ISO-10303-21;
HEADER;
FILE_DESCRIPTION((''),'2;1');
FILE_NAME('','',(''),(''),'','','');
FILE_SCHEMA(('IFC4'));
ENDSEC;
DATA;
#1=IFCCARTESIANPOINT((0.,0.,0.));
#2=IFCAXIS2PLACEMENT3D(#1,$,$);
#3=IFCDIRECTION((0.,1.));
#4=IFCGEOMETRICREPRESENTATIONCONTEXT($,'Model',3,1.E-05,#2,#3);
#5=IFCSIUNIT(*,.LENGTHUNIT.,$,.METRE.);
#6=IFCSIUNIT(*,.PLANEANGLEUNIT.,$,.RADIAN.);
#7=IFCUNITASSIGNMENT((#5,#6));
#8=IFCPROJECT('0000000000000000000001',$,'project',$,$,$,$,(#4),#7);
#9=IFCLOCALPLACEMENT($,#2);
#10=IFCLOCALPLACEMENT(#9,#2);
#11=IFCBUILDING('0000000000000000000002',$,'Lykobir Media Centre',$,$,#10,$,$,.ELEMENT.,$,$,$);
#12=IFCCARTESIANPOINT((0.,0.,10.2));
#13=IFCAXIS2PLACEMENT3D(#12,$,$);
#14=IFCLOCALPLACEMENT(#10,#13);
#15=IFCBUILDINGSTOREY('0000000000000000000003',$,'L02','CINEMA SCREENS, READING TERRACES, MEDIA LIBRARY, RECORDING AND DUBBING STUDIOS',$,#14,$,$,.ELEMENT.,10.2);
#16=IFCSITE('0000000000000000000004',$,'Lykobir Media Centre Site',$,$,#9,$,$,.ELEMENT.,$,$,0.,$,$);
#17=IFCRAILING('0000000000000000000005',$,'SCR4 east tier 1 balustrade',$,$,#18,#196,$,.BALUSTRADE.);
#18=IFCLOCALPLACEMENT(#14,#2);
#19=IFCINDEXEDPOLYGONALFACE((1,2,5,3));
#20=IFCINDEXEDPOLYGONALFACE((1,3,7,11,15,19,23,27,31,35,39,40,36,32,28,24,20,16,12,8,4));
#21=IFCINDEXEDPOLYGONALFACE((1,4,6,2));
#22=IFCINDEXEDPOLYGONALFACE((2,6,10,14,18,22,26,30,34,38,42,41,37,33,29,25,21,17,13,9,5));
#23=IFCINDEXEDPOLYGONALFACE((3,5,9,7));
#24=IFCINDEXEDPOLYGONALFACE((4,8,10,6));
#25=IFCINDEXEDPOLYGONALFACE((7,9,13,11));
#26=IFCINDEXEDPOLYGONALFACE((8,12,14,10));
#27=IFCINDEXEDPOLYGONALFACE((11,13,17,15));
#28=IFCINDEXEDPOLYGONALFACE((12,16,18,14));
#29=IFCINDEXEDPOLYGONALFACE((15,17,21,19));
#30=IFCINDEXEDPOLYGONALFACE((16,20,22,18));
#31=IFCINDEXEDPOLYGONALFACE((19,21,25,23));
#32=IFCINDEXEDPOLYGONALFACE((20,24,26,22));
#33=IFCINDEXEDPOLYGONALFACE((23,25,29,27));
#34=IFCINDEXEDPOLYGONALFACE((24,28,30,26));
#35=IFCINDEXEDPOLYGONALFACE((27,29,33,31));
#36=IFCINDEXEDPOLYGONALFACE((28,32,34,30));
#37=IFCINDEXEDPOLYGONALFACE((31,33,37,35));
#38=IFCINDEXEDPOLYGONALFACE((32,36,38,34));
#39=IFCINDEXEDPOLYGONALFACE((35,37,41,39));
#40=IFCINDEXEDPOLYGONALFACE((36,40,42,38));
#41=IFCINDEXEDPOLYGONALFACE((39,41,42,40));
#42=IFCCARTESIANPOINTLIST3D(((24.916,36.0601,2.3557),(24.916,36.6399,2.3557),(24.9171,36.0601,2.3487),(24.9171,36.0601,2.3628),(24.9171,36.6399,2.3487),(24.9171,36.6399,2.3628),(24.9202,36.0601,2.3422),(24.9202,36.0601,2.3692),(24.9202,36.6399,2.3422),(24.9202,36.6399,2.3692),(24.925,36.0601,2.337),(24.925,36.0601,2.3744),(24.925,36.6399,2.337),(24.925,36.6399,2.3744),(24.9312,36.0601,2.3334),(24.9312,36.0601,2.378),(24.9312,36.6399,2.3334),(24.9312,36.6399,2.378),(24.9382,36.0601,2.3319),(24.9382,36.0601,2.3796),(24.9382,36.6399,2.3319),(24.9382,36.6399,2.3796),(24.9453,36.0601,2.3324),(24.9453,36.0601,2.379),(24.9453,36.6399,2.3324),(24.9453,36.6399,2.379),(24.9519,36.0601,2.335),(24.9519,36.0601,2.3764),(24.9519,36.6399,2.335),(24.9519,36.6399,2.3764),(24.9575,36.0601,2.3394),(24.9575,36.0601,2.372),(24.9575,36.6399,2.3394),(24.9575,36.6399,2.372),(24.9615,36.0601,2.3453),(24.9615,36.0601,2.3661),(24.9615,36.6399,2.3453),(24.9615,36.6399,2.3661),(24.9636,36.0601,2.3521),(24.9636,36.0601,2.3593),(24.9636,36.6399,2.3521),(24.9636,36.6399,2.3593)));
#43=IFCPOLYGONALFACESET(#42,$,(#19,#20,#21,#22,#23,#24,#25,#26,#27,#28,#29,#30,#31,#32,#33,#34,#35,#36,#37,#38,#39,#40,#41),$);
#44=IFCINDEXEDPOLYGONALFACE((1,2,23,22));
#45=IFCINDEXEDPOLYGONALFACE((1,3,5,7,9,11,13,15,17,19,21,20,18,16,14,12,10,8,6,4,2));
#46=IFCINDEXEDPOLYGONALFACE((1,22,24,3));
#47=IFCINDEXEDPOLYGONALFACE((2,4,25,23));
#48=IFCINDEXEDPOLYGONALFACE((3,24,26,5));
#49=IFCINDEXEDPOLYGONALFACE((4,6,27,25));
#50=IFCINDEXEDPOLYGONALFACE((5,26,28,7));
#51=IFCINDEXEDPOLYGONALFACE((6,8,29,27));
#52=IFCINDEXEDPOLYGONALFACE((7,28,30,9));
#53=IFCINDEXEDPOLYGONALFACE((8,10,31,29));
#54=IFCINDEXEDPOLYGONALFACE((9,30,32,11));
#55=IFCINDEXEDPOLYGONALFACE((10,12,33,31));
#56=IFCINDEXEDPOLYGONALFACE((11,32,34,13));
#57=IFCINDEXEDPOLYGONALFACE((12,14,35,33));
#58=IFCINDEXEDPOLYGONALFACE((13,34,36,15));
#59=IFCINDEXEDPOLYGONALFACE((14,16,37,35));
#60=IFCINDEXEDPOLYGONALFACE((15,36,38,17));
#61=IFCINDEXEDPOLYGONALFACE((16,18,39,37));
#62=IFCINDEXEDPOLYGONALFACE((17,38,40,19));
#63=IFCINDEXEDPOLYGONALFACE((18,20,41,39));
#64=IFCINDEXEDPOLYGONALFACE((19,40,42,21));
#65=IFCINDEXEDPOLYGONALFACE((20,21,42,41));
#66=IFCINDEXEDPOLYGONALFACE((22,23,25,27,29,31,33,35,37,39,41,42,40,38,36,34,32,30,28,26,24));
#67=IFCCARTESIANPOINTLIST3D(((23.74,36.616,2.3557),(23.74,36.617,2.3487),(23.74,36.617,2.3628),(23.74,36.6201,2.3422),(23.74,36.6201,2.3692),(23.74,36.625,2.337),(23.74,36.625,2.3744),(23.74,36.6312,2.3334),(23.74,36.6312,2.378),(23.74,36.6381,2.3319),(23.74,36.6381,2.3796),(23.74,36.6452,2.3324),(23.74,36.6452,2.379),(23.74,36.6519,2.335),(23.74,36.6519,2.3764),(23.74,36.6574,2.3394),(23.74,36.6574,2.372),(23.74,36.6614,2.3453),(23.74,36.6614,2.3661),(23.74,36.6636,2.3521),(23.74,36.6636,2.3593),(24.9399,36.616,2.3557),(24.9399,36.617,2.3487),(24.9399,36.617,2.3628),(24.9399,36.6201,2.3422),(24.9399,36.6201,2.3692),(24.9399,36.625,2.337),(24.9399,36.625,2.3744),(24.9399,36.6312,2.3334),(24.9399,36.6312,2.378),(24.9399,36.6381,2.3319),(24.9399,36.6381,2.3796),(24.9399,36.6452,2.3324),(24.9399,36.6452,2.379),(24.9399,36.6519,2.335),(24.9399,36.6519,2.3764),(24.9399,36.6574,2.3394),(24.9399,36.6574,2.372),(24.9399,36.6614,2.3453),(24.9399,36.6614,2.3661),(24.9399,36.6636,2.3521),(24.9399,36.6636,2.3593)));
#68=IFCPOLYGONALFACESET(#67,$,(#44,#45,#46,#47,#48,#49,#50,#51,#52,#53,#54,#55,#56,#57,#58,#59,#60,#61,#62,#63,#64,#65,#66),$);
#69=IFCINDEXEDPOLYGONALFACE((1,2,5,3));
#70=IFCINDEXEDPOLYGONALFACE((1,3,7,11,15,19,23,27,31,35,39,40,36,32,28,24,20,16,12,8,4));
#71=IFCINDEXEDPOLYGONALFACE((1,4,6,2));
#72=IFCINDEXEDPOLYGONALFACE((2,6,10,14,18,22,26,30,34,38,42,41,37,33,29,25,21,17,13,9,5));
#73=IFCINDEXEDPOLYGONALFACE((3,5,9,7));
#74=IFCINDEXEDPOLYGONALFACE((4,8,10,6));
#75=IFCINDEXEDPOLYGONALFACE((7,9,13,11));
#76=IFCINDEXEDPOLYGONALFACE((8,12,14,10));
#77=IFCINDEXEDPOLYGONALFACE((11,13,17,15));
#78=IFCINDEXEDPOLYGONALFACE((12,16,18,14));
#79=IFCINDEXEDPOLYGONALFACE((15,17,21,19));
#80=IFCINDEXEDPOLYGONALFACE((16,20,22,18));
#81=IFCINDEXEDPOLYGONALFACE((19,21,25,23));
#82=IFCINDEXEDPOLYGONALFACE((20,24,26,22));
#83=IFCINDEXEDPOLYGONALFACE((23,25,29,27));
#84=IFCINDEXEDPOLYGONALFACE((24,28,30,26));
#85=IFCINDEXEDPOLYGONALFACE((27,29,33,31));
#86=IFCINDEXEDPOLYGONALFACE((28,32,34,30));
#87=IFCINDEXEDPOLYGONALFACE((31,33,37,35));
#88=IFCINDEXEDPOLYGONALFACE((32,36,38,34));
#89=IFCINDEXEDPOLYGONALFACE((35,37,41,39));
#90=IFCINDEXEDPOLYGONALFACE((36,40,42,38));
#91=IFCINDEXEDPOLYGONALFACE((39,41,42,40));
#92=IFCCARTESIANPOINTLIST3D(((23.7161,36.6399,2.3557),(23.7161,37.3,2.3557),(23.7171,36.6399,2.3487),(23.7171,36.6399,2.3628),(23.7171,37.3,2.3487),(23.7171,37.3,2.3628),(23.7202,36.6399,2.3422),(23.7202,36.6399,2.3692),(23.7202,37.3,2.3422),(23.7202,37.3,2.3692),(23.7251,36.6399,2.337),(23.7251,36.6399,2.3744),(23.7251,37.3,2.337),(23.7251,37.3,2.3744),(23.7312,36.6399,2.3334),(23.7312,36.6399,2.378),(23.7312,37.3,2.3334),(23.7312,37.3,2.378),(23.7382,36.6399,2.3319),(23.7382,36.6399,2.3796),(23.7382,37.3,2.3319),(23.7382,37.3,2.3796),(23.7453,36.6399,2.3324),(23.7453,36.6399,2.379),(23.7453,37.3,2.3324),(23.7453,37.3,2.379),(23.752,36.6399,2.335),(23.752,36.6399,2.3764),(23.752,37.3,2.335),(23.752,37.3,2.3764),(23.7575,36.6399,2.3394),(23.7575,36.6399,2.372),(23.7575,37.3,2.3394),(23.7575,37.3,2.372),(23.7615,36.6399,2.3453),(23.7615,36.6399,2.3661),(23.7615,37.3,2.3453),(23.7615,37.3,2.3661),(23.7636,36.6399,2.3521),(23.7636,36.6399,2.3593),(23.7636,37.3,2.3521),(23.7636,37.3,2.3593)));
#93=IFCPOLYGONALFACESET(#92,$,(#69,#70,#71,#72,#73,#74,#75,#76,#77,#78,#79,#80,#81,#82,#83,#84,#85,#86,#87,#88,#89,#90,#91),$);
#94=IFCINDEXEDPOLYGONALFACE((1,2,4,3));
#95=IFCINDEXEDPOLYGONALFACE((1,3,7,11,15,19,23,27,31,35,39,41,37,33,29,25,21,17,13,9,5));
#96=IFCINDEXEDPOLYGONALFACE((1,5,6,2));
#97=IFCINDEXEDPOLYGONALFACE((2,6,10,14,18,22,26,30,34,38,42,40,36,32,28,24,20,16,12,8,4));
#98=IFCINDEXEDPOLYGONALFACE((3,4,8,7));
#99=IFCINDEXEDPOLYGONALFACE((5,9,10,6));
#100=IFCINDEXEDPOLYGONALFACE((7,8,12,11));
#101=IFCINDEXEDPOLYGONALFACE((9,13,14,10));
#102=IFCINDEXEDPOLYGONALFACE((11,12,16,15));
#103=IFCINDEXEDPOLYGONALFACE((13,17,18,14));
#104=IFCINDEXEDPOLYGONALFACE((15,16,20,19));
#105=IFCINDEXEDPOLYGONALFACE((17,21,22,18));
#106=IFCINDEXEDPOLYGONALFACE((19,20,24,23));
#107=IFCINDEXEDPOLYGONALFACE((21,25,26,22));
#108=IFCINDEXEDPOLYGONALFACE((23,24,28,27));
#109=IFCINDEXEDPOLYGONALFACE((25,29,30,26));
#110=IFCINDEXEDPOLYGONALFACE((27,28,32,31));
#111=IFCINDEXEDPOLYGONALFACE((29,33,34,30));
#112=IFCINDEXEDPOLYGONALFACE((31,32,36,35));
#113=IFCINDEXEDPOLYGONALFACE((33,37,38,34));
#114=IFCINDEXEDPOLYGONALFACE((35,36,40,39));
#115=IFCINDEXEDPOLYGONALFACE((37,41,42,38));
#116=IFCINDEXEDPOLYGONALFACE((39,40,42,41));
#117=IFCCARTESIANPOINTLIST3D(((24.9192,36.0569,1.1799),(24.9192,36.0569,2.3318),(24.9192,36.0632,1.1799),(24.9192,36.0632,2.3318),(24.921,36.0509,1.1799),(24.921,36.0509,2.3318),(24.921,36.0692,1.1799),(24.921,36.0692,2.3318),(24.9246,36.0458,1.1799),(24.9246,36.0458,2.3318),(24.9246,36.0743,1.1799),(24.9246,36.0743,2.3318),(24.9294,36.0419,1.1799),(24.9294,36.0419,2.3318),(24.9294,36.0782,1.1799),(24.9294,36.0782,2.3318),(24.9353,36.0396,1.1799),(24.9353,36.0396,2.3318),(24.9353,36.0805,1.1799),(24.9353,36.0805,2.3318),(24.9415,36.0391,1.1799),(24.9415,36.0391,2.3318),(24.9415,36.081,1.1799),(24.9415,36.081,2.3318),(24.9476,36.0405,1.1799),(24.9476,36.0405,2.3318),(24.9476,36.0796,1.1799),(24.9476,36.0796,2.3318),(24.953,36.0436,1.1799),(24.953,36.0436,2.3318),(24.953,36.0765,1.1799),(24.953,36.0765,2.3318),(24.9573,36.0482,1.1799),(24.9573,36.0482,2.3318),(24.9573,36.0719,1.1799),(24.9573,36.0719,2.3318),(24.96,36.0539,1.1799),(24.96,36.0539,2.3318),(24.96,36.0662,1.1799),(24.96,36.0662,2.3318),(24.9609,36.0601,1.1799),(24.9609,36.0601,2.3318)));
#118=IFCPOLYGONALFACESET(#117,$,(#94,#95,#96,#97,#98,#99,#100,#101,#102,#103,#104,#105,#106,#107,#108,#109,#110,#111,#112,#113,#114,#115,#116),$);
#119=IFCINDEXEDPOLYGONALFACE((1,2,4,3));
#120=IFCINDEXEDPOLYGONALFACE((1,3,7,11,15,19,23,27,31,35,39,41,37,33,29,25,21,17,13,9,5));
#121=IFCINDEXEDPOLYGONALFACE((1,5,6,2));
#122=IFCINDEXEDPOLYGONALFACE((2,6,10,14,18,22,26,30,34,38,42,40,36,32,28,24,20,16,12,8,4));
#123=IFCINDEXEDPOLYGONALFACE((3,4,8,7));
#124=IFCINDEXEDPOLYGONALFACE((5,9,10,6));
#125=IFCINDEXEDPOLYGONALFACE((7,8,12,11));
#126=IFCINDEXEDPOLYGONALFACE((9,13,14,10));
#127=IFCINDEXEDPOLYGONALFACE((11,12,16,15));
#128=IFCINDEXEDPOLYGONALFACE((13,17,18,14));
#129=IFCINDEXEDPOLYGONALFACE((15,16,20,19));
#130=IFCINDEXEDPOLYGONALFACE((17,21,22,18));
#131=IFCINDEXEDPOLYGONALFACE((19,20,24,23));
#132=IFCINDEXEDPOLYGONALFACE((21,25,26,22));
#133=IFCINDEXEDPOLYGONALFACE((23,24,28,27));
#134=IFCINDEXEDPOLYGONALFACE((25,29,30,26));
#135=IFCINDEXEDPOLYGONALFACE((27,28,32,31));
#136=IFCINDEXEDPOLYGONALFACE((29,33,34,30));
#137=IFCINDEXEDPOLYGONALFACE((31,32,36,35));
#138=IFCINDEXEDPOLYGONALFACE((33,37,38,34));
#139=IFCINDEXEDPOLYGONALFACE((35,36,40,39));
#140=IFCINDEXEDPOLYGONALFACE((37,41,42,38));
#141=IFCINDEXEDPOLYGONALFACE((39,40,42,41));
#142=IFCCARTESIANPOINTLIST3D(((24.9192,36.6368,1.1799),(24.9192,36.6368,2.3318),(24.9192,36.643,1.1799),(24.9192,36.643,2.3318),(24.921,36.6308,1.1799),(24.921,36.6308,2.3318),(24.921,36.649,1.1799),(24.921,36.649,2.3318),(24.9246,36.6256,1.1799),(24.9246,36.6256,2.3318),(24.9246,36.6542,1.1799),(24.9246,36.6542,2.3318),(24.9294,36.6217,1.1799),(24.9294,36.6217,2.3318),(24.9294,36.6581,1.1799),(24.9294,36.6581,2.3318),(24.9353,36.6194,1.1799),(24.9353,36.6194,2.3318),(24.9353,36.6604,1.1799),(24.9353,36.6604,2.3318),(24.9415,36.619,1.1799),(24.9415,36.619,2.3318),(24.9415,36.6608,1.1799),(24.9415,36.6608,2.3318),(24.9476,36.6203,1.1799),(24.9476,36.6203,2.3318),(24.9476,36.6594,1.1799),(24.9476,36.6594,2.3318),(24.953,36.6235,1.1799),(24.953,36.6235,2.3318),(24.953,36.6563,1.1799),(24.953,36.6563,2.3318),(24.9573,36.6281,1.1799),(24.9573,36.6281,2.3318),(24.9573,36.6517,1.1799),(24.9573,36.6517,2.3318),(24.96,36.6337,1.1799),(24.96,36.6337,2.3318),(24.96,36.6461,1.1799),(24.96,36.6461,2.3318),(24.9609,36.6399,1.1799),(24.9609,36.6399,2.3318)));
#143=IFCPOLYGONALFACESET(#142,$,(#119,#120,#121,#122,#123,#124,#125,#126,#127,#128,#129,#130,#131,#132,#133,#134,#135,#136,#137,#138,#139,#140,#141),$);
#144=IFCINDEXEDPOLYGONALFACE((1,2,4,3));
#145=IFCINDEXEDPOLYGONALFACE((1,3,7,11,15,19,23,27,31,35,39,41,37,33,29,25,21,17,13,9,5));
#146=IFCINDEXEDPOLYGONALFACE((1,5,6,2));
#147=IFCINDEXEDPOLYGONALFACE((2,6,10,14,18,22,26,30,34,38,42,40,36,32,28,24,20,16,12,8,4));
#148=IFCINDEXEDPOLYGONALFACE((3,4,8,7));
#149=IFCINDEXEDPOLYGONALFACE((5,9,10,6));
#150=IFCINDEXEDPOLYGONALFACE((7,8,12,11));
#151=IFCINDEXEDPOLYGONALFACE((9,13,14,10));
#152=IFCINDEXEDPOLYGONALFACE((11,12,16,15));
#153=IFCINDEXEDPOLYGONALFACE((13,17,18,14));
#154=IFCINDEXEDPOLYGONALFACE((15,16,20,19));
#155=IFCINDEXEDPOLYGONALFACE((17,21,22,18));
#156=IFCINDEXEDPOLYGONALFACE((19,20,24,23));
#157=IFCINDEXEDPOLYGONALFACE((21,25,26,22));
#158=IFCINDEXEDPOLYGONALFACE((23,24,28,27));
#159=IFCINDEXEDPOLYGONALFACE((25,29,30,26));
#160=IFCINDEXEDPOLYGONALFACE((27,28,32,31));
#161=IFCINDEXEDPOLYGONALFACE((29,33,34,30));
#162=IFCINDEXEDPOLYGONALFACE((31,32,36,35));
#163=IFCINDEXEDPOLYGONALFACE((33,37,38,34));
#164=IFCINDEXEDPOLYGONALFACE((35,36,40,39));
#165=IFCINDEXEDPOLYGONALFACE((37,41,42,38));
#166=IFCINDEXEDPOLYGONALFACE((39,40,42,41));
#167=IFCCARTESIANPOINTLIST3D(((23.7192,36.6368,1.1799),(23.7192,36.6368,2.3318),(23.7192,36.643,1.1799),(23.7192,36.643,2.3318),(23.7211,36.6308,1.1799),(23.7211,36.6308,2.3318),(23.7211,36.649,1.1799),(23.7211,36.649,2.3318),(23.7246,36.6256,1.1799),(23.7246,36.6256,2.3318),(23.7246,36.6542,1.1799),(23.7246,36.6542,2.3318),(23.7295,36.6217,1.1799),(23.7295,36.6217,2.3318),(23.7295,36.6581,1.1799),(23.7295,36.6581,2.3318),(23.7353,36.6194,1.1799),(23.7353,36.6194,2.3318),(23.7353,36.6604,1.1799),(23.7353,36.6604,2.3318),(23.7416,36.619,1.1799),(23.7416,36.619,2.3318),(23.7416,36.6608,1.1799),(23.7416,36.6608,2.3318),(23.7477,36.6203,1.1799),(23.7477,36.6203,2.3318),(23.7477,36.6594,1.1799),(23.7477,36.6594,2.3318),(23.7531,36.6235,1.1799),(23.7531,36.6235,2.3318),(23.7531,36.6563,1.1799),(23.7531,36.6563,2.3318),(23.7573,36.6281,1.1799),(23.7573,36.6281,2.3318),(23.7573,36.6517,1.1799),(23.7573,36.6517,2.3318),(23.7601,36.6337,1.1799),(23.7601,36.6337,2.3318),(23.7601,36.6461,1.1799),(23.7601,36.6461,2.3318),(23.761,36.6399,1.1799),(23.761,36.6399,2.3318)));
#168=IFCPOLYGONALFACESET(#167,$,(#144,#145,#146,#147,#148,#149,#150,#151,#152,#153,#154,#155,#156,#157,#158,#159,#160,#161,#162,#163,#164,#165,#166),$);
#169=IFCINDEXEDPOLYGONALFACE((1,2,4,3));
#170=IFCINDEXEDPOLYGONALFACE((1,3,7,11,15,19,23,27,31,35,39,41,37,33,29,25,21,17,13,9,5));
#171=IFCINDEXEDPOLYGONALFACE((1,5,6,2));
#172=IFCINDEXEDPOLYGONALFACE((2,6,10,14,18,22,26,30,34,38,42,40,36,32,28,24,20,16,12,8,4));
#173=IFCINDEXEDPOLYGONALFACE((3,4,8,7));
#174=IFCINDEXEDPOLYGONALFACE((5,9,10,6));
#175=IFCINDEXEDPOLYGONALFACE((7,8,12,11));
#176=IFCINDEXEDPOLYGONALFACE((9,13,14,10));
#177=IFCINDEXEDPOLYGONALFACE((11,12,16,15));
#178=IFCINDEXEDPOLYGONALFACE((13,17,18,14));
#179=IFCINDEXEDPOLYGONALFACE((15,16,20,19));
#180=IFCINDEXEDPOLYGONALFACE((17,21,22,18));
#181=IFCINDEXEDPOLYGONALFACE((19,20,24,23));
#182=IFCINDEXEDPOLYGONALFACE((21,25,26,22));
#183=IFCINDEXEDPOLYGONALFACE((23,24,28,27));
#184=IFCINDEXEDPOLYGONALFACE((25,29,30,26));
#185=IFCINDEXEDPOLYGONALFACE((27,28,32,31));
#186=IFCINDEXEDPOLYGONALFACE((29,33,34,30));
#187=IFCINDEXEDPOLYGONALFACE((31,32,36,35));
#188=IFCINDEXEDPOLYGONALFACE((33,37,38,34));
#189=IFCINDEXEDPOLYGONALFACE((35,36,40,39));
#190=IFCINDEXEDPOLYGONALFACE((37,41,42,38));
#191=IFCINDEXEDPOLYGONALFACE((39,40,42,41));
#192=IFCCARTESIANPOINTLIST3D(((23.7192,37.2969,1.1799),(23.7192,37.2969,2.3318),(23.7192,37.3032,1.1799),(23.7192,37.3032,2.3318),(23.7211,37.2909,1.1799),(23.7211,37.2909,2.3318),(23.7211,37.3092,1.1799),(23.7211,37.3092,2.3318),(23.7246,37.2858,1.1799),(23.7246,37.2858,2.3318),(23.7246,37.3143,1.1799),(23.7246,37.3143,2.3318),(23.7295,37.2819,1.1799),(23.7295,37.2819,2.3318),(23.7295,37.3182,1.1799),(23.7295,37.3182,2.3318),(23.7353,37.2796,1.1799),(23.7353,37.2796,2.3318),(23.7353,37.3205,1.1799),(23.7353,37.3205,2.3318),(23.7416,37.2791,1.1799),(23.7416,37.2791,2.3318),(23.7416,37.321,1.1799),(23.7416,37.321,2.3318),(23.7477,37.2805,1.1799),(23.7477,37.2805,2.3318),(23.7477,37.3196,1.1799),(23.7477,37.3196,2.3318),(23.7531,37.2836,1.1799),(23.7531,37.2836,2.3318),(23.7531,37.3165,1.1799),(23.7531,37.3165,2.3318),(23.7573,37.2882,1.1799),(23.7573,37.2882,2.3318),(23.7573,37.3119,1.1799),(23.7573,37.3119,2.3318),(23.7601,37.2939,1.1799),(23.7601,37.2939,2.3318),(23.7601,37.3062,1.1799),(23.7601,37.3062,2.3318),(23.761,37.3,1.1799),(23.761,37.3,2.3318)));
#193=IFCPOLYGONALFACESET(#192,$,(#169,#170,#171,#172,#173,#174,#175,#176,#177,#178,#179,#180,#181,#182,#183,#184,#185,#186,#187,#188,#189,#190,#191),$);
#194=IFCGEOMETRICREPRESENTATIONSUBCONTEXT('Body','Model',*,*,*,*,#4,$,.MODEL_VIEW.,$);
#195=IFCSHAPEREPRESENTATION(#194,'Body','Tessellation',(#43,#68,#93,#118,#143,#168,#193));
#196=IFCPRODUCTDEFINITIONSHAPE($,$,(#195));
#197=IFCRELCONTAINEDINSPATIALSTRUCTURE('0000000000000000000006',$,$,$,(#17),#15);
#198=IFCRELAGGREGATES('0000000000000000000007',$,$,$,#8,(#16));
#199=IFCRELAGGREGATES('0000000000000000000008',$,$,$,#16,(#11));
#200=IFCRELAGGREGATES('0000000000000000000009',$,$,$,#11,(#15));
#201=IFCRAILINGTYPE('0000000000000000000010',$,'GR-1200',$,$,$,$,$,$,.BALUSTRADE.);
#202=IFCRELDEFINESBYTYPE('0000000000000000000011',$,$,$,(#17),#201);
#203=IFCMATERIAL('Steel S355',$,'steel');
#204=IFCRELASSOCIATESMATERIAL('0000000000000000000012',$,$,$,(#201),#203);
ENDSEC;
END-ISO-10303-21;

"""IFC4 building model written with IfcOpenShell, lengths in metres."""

from ifc_helpers import new_model, si_unit, direction, frame, origin, origin_2d, place, context, subcontext, project, spatial, circle, extrude, material, type_object, element, save


model = new_model("IFC4")

# Units and contexts
model_context = context("Model", 3, precision=1e-05, world=origin(), true_north=direction((0.0, 1.0)))
body_context = subcontext(model_context, "Body", "Model", "MODEL_VIEW")
ifc_project = project(units=[si_unit("LENGTHUNIT", "METRE"), si_unit("PLANEANGLEUNIT", "RADIAN")], contexts=[model_context])

# Site, building, storey
site_placement = place(None, origin())
site = spatial("IfcSite", under=ifc_project, at=site_placement, Name="Lykobir Media Centre Site", CompositionType="ELEMENT", RefElevation=0.0)
building_placement = place(site_placement, origin())
building = spatial("IfcBuilding", under=site, at=building_placement, Name="Lykobir Media Centre", CompositionType="ELEMENT")
storey_placement = place(building_placement, frame((0.0, 0.0, 10.2)))
storey = spatial("IfcBuildingStorey", under=building, at=storey_placement, Name="L02", Description="CINEMA SCREENS, READING TERRACES, MEDIA LIBRARY, RECORDING AND DUBBING STUDIOS", CompositionType="ELEMENT", Elevation=10.2)

# Shared definitions
ifc_material_1 = material(Name="Steel S355", Category="steel")

# Railing
railing_type = type_object("IfcRailingType", Name="GR-1200", PredefinedType="BALUSTRADE", material=ifc_material_1)
railing_1_placement = place(storey_placement, frame((24.9399, 36.0601, 1.1799)))
element("IfcRailing", 1, at=railing_1_placement, inside=storey, type_object=railing_type, Name="SCR4 east tier 1 balustrade", PredefinedType="BALUSTRADE", context=body_context, shape_type="SweptSolid", body=[
    extrude(circle(Radius=0.0239, at=origin_2d()), frame((0.0, 0.0, 1.1758), z_axis=(0.0, 1.0, 0.0), x_axis=(-1.0, 0.0, 0.0)), (0.0, 0.0, 1.0), 0.5798),
    extrude(circle(Radius=0.0239, at=origin_2d()), frame((0.0, 0.5798, 1.1758), z_axis=(-1.0, 0.0, 0.0), x_axis=(0.0, -1.0, 0.0)), (0.0, 0.0, 1.0), 1.2),
    extrude(circle(Radius=0.0239, at=origin_2d()), frame((-1.2, 0.5798, 1.1758), z_axis=(0.0, 1.0, 0.0), x_axis=(-1.0, 0.0, 0.0)), (0.0, 0.0, 1.0), 0.6602),
    extrude(circle(Radius=0.021, at=origin_2d()), origin(), (0.0, 0.0, 1.0), 1.1519),
    extrude(circle(Radius=0.021, at=origin_2d()), frame((0.0, 0.5798, 0.0)), (0.0, 0.0, 1.0), 1.1519),
    extrude(circle(Radius=0.021, at=origin_2d()), frame((-1.2, 0.5798, 0.0)), (0.0, 0.0, 1.0), 1.1519),
    extrude(circle(Radius=0.021, at=origin_2d()), frame((-1.2, 1.24, 0.0)), (0.0, 0.0, 1.0), 1.1519),
])

save(model, "model.ifc")
